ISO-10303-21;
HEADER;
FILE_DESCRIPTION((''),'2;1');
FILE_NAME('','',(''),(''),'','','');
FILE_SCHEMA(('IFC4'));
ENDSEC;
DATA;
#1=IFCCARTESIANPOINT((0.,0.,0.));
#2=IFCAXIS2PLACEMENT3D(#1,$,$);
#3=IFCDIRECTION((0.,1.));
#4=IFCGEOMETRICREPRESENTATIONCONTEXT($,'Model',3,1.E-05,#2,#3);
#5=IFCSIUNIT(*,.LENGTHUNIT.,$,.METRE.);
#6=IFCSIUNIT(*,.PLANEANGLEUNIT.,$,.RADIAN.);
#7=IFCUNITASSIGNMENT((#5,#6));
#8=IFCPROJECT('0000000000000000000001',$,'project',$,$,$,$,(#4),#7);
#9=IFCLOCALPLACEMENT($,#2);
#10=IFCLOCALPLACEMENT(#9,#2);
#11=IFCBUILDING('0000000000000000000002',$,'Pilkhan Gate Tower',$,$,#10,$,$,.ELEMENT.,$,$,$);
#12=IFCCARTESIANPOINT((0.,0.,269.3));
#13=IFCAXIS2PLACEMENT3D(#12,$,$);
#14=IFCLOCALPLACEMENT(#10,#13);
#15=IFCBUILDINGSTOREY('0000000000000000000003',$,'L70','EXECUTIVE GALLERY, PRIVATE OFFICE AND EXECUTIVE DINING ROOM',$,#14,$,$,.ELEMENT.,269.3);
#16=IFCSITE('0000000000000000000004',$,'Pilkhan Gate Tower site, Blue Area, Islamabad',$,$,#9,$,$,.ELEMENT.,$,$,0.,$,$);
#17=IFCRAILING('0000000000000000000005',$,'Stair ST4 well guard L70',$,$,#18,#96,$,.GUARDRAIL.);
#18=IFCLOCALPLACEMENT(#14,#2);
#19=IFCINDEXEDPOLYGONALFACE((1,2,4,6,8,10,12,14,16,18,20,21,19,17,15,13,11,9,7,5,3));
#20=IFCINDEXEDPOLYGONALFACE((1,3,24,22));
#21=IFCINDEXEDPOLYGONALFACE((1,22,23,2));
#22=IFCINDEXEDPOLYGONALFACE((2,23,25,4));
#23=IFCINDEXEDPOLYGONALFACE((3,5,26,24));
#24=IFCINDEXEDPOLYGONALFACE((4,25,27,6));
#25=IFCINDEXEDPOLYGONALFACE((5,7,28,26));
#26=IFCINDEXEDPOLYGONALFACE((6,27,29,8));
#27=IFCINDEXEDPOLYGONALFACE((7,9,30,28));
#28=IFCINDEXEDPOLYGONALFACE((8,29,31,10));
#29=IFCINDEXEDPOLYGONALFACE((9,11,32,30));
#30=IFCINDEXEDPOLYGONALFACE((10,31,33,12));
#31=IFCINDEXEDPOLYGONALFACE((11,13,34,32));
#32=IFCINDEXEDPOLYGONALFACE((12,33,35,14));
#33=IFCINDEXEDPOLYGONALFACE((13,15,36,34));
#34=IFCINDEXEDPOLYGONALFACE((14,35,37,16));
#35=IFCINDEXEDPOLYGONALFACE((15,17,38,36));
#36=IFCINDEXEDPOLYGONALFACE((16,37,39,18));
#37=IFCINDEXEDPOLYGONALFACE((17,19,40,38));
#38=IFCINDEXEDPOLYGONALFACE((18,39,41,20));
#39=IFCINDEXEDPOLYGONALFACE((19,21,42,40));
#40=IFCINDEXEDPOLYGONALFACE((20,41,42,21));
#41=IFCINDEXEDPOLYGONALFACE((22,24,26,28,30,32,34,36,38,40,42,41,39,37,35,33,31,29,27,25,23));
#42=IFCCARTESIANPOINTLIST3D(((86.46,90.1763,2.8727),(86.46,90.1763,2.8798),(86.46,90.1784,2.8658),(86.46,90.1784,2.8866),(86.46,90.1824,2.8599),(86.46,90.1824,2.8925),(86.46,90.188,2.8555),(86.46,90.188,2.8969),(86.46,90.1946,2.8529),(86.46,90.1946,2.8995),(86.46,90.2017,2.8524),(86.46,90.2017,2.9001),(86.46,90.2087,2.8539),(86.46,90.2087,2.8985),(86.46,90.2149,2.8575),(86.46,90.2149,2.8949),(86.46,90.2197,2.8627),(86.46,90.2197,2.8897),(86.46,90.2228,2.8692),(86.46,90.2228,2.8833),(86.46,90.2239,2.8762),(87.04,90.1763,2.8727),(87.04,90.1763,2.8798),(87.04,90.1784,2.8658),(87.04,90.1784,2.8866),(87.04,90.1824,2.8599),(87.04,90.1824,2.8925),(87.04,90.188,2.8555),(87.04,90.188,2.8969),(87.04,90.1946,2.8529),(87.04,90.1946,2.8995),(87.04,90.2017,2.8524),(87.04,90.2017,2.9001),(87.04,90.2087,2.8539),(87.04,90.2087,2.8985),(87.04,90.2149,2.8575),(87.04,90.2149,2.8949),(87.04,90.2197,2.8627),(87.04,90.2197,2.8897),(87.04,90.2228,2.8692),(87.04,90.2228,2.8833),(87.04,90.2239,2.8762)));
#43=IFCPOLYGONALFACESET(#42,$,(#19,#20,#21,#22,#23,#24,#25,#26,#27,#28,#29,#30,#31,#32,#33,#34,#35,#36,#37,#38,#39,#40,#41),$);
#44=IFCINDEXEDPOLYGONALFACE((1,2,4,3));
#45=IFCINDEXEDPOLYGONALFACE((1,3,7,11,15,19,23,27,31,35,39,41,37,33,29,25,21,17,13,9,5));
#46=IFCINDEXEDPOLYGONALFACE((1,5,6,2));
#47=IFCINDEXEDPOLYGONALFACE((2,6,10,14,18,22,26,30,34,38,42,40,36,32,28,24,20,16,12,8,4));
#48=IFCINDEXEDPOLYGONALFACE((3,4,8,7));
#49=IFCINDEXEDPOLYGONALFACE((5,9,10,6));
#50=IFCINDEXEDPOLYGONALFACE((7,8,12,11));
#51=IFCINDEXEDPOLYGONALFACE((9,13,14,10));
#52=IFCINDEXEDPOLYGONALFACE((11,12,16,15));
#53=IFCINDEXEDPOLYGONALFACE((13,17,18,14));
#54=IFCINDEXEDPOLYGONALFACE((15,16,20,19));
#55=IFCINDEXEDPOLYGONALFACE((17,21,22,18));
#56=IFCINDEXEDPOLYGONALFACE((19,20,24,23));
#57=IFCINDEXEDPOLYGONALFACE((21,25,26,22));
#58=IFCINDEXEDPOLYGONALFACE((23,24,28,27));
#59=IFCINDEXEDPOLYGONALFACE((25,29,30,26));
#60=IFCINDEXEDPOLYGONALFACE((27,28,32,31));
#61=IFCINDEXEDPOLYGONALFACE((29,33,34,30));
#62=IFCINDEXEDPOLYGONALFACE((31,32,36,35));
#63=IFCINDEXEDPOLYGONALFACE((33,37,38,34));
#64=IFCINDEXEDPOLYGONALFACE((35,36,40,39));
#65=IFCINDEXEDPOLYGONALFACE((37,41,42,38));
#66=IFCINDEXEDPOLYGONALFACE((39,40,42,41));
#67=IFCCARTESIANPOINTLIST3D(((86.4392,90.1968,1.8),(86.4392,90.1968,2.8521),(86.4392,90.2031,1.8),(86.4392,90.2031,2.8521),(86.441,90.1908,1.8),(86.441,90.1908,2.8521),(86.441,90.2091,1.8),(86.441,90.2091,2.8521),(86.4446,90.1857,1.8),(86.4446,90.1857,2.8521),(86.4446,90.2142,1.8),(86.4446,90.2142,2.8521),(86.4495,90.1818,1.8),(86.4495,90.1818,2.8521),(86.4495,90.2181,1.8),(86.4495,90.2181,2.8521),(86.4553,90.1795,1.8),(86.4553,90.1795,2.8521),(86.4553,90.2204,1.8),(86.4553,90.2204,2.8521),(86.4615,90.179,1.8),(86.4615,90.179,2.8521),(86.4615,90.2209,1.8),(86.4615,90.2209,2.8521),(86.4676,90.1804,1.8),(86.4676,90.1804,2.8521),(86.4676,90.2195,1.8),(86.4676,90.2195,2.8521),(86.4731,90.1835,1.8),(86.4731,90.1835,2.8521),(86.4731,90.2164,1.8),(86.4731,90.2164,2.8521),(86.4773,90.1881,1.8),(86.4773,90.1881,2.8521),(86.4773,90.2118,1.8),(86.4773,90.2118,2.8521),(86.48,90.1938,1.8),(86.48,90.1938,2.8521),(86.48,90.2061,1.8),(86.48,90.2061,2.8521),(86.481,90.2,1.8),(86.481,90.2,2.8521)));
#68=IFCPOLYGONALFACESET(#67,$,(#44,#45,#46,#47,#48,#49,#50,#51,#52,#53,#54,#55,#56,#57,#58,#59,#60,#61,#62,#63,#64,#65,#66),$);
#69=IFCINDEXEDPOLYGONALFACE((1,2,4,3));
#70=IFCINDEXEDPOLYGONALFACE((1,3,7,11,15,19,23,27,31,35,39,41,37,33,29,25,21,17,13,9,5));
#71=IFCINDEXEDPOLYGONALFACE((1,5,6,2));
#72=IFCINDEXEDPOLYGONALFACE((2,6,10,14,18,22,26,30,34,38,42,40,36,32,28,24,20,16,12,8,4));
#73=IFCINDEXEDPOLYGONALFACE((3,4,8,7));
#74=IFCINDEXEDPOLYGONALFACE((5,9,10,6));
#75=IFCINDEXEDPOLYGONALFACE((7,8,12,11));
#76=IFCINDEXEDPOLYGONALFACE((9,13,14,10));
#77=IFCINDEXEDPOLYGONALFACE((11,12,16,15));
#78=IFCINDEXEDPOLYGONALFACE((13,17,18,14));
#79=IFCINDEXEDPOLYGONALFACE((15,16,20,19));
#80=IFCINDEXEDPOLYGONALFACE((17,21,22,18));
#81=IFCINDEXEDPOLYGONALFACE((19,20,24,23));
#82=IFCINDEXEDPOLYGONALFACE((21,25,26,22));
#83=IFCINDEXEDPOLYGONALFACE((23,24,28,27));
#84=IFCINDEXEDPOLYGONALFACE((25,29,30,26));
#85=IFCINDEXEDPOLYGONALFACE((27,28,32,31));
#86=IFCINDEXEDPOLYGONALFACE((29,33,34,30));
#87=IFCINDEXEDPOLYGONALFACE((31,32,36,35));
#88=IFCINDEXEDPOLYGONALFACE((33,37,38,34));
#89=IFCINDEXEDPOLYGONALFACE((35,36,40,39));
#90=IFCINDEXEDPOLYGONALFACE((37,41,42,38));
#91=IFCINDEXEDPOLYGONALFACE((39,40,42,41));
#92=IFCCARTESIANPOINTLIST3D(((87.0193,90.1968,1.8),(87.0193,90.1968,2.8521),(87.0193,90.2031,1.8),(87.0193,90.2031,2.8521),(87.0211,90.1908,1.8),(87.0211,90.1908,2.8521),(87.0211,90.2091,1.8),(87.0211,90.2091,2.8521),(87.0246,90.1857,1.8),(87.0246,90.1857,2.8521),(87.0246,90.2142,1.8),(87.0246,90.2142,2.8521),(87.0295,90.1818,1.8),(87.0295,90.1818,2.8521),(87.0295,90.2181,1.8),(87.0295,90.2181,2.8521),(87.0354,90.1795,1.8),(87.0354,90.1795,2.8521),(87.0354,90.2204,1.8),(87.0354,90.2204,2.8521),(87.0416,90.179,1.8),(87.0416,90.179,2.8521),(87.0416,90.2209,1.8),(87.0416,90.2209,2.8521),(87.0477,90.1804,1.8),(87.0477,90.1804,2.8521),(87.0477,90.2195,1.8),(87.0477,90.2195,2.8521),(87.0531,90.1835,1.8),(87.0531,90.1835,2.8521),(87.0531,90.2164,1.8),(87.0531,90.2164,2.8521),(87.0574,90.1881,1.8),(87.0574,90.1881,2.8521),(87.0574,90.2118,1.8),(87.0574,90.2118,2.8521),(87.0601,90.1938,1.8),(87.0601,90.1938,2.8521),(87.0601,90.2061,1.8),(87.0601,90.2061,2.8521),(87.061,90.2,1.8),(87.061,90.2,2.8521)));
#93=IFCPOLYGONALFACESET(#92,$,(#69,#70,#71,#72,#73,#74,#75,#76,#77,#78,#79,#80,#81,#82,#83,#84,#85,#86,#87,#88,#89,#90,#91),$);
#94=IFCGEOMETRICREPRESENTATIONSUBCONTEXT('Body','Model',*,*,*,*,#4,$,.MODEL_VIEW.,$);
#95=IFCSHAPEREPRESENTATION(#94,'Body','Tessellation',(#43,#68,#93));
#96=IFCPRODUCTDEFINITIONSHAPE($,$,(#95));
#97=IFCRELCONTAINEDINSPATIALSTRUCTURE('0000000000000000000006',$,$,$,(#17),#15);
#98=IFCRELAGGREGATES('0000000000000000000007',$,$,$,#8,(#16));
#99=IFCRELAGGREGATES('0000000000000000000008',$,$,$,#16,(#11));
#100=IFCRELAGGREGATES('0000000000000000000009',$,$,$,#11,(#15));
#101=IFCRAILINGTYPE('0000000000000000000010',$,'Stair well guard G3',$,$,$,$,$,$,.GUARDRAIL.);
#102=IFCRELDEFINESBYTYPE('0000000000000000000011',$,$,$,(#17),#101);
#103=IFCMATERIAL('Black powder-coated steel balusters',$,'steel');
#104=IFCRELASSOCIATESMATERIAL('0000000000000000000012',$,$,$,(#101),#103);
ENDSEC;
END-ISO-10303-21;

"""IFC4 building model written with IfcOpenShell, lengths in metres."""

from ifc_helpers import new_model, si_unit, direction, frame, origin, origin_2d, place, context, subcontext, project, spatial, circle, extrude, material, type_object, element, save


model = new_model("IFC4")

# Units and contexts
model_context = context("Model", 3, precision=1e-05, world=origin(), true_north=direction((0.0, 1.0)))
body_context = subcontext(model_context, "Body", "Model", "MODEL_VIEW")
ifc_project = project(units=[si_unit("LENGTHUNIT", "METRE"), si_unit("PLANEANGLEUNIT", "RADIAN")], contexts=[model_context])

# Site, building, storey
site_placement = place(None, origin())
site = spatial("IfcSite", under=ifc_project, at=site_placement, Name="Pilkhan Gate Tower site, Blue Area, Islamabad", CompositionType="ELEMENT", RefElevation=0.0)
building_placement = place(site_placement, origin())
building = spatial("IfcBuilding", under=site, at=building_placement, Name="Pilkhan Gate Tower", CompositionType="ELEMENT")
storey_placement = place(building_placement, frame((0.0, 0.0, 269.3)))
storey = spatial("IfcBuildingStorey", under=building, at=storey_placement, Name="L70", Description="EXECUTIVE GALLERY, PRIVATE OFFICE AND EXECUTIVE DINING ROOM", CompositionType="ELEMENT", Elevation=269.3)

# Railing
ifc_material_1 = material(Name="Black powder-coated steel balusters", Category="steel")
railing_type_1 = type_object("IfcRailingType", Name="Stair well guard G3", PredefinedType="GUARDRAIL", material=ifc_material_1)
for number, where, name in (
    (1, (86.46, 90.2, 1.8), "Stair ST4 well guard L70"),
):
    element("IfcRailing", number, at=place(storey_placement, frame(where)), inside=storey, type_object=railing_type_1, Name=name, PredefinedType="GUARDRAIL", context=body_context, shape_type="SweptSolid", body=[
        extrude(circle(Radius=0.0239, at=origin_2d()), frame((0.0, 0.0, 1.0762), z_axis=(1.0, 0.0, 0.0), x_axis=(0.0, 1.0, 0.0)), (0.0, 0.0, 1.0), 0.5801),
        extrude(circle(Radius=0.021, at=origin_2d()), origin(), (0.0, 0.0, 1.0), 1.052),
        extrude(circle(Radius=0.021, at=origin_2d()), frame((0.5801, 0.0, 0.0)), (0.0, 0.0, 1.0), 1.052),
    ])

save(model, "model.ifc")
